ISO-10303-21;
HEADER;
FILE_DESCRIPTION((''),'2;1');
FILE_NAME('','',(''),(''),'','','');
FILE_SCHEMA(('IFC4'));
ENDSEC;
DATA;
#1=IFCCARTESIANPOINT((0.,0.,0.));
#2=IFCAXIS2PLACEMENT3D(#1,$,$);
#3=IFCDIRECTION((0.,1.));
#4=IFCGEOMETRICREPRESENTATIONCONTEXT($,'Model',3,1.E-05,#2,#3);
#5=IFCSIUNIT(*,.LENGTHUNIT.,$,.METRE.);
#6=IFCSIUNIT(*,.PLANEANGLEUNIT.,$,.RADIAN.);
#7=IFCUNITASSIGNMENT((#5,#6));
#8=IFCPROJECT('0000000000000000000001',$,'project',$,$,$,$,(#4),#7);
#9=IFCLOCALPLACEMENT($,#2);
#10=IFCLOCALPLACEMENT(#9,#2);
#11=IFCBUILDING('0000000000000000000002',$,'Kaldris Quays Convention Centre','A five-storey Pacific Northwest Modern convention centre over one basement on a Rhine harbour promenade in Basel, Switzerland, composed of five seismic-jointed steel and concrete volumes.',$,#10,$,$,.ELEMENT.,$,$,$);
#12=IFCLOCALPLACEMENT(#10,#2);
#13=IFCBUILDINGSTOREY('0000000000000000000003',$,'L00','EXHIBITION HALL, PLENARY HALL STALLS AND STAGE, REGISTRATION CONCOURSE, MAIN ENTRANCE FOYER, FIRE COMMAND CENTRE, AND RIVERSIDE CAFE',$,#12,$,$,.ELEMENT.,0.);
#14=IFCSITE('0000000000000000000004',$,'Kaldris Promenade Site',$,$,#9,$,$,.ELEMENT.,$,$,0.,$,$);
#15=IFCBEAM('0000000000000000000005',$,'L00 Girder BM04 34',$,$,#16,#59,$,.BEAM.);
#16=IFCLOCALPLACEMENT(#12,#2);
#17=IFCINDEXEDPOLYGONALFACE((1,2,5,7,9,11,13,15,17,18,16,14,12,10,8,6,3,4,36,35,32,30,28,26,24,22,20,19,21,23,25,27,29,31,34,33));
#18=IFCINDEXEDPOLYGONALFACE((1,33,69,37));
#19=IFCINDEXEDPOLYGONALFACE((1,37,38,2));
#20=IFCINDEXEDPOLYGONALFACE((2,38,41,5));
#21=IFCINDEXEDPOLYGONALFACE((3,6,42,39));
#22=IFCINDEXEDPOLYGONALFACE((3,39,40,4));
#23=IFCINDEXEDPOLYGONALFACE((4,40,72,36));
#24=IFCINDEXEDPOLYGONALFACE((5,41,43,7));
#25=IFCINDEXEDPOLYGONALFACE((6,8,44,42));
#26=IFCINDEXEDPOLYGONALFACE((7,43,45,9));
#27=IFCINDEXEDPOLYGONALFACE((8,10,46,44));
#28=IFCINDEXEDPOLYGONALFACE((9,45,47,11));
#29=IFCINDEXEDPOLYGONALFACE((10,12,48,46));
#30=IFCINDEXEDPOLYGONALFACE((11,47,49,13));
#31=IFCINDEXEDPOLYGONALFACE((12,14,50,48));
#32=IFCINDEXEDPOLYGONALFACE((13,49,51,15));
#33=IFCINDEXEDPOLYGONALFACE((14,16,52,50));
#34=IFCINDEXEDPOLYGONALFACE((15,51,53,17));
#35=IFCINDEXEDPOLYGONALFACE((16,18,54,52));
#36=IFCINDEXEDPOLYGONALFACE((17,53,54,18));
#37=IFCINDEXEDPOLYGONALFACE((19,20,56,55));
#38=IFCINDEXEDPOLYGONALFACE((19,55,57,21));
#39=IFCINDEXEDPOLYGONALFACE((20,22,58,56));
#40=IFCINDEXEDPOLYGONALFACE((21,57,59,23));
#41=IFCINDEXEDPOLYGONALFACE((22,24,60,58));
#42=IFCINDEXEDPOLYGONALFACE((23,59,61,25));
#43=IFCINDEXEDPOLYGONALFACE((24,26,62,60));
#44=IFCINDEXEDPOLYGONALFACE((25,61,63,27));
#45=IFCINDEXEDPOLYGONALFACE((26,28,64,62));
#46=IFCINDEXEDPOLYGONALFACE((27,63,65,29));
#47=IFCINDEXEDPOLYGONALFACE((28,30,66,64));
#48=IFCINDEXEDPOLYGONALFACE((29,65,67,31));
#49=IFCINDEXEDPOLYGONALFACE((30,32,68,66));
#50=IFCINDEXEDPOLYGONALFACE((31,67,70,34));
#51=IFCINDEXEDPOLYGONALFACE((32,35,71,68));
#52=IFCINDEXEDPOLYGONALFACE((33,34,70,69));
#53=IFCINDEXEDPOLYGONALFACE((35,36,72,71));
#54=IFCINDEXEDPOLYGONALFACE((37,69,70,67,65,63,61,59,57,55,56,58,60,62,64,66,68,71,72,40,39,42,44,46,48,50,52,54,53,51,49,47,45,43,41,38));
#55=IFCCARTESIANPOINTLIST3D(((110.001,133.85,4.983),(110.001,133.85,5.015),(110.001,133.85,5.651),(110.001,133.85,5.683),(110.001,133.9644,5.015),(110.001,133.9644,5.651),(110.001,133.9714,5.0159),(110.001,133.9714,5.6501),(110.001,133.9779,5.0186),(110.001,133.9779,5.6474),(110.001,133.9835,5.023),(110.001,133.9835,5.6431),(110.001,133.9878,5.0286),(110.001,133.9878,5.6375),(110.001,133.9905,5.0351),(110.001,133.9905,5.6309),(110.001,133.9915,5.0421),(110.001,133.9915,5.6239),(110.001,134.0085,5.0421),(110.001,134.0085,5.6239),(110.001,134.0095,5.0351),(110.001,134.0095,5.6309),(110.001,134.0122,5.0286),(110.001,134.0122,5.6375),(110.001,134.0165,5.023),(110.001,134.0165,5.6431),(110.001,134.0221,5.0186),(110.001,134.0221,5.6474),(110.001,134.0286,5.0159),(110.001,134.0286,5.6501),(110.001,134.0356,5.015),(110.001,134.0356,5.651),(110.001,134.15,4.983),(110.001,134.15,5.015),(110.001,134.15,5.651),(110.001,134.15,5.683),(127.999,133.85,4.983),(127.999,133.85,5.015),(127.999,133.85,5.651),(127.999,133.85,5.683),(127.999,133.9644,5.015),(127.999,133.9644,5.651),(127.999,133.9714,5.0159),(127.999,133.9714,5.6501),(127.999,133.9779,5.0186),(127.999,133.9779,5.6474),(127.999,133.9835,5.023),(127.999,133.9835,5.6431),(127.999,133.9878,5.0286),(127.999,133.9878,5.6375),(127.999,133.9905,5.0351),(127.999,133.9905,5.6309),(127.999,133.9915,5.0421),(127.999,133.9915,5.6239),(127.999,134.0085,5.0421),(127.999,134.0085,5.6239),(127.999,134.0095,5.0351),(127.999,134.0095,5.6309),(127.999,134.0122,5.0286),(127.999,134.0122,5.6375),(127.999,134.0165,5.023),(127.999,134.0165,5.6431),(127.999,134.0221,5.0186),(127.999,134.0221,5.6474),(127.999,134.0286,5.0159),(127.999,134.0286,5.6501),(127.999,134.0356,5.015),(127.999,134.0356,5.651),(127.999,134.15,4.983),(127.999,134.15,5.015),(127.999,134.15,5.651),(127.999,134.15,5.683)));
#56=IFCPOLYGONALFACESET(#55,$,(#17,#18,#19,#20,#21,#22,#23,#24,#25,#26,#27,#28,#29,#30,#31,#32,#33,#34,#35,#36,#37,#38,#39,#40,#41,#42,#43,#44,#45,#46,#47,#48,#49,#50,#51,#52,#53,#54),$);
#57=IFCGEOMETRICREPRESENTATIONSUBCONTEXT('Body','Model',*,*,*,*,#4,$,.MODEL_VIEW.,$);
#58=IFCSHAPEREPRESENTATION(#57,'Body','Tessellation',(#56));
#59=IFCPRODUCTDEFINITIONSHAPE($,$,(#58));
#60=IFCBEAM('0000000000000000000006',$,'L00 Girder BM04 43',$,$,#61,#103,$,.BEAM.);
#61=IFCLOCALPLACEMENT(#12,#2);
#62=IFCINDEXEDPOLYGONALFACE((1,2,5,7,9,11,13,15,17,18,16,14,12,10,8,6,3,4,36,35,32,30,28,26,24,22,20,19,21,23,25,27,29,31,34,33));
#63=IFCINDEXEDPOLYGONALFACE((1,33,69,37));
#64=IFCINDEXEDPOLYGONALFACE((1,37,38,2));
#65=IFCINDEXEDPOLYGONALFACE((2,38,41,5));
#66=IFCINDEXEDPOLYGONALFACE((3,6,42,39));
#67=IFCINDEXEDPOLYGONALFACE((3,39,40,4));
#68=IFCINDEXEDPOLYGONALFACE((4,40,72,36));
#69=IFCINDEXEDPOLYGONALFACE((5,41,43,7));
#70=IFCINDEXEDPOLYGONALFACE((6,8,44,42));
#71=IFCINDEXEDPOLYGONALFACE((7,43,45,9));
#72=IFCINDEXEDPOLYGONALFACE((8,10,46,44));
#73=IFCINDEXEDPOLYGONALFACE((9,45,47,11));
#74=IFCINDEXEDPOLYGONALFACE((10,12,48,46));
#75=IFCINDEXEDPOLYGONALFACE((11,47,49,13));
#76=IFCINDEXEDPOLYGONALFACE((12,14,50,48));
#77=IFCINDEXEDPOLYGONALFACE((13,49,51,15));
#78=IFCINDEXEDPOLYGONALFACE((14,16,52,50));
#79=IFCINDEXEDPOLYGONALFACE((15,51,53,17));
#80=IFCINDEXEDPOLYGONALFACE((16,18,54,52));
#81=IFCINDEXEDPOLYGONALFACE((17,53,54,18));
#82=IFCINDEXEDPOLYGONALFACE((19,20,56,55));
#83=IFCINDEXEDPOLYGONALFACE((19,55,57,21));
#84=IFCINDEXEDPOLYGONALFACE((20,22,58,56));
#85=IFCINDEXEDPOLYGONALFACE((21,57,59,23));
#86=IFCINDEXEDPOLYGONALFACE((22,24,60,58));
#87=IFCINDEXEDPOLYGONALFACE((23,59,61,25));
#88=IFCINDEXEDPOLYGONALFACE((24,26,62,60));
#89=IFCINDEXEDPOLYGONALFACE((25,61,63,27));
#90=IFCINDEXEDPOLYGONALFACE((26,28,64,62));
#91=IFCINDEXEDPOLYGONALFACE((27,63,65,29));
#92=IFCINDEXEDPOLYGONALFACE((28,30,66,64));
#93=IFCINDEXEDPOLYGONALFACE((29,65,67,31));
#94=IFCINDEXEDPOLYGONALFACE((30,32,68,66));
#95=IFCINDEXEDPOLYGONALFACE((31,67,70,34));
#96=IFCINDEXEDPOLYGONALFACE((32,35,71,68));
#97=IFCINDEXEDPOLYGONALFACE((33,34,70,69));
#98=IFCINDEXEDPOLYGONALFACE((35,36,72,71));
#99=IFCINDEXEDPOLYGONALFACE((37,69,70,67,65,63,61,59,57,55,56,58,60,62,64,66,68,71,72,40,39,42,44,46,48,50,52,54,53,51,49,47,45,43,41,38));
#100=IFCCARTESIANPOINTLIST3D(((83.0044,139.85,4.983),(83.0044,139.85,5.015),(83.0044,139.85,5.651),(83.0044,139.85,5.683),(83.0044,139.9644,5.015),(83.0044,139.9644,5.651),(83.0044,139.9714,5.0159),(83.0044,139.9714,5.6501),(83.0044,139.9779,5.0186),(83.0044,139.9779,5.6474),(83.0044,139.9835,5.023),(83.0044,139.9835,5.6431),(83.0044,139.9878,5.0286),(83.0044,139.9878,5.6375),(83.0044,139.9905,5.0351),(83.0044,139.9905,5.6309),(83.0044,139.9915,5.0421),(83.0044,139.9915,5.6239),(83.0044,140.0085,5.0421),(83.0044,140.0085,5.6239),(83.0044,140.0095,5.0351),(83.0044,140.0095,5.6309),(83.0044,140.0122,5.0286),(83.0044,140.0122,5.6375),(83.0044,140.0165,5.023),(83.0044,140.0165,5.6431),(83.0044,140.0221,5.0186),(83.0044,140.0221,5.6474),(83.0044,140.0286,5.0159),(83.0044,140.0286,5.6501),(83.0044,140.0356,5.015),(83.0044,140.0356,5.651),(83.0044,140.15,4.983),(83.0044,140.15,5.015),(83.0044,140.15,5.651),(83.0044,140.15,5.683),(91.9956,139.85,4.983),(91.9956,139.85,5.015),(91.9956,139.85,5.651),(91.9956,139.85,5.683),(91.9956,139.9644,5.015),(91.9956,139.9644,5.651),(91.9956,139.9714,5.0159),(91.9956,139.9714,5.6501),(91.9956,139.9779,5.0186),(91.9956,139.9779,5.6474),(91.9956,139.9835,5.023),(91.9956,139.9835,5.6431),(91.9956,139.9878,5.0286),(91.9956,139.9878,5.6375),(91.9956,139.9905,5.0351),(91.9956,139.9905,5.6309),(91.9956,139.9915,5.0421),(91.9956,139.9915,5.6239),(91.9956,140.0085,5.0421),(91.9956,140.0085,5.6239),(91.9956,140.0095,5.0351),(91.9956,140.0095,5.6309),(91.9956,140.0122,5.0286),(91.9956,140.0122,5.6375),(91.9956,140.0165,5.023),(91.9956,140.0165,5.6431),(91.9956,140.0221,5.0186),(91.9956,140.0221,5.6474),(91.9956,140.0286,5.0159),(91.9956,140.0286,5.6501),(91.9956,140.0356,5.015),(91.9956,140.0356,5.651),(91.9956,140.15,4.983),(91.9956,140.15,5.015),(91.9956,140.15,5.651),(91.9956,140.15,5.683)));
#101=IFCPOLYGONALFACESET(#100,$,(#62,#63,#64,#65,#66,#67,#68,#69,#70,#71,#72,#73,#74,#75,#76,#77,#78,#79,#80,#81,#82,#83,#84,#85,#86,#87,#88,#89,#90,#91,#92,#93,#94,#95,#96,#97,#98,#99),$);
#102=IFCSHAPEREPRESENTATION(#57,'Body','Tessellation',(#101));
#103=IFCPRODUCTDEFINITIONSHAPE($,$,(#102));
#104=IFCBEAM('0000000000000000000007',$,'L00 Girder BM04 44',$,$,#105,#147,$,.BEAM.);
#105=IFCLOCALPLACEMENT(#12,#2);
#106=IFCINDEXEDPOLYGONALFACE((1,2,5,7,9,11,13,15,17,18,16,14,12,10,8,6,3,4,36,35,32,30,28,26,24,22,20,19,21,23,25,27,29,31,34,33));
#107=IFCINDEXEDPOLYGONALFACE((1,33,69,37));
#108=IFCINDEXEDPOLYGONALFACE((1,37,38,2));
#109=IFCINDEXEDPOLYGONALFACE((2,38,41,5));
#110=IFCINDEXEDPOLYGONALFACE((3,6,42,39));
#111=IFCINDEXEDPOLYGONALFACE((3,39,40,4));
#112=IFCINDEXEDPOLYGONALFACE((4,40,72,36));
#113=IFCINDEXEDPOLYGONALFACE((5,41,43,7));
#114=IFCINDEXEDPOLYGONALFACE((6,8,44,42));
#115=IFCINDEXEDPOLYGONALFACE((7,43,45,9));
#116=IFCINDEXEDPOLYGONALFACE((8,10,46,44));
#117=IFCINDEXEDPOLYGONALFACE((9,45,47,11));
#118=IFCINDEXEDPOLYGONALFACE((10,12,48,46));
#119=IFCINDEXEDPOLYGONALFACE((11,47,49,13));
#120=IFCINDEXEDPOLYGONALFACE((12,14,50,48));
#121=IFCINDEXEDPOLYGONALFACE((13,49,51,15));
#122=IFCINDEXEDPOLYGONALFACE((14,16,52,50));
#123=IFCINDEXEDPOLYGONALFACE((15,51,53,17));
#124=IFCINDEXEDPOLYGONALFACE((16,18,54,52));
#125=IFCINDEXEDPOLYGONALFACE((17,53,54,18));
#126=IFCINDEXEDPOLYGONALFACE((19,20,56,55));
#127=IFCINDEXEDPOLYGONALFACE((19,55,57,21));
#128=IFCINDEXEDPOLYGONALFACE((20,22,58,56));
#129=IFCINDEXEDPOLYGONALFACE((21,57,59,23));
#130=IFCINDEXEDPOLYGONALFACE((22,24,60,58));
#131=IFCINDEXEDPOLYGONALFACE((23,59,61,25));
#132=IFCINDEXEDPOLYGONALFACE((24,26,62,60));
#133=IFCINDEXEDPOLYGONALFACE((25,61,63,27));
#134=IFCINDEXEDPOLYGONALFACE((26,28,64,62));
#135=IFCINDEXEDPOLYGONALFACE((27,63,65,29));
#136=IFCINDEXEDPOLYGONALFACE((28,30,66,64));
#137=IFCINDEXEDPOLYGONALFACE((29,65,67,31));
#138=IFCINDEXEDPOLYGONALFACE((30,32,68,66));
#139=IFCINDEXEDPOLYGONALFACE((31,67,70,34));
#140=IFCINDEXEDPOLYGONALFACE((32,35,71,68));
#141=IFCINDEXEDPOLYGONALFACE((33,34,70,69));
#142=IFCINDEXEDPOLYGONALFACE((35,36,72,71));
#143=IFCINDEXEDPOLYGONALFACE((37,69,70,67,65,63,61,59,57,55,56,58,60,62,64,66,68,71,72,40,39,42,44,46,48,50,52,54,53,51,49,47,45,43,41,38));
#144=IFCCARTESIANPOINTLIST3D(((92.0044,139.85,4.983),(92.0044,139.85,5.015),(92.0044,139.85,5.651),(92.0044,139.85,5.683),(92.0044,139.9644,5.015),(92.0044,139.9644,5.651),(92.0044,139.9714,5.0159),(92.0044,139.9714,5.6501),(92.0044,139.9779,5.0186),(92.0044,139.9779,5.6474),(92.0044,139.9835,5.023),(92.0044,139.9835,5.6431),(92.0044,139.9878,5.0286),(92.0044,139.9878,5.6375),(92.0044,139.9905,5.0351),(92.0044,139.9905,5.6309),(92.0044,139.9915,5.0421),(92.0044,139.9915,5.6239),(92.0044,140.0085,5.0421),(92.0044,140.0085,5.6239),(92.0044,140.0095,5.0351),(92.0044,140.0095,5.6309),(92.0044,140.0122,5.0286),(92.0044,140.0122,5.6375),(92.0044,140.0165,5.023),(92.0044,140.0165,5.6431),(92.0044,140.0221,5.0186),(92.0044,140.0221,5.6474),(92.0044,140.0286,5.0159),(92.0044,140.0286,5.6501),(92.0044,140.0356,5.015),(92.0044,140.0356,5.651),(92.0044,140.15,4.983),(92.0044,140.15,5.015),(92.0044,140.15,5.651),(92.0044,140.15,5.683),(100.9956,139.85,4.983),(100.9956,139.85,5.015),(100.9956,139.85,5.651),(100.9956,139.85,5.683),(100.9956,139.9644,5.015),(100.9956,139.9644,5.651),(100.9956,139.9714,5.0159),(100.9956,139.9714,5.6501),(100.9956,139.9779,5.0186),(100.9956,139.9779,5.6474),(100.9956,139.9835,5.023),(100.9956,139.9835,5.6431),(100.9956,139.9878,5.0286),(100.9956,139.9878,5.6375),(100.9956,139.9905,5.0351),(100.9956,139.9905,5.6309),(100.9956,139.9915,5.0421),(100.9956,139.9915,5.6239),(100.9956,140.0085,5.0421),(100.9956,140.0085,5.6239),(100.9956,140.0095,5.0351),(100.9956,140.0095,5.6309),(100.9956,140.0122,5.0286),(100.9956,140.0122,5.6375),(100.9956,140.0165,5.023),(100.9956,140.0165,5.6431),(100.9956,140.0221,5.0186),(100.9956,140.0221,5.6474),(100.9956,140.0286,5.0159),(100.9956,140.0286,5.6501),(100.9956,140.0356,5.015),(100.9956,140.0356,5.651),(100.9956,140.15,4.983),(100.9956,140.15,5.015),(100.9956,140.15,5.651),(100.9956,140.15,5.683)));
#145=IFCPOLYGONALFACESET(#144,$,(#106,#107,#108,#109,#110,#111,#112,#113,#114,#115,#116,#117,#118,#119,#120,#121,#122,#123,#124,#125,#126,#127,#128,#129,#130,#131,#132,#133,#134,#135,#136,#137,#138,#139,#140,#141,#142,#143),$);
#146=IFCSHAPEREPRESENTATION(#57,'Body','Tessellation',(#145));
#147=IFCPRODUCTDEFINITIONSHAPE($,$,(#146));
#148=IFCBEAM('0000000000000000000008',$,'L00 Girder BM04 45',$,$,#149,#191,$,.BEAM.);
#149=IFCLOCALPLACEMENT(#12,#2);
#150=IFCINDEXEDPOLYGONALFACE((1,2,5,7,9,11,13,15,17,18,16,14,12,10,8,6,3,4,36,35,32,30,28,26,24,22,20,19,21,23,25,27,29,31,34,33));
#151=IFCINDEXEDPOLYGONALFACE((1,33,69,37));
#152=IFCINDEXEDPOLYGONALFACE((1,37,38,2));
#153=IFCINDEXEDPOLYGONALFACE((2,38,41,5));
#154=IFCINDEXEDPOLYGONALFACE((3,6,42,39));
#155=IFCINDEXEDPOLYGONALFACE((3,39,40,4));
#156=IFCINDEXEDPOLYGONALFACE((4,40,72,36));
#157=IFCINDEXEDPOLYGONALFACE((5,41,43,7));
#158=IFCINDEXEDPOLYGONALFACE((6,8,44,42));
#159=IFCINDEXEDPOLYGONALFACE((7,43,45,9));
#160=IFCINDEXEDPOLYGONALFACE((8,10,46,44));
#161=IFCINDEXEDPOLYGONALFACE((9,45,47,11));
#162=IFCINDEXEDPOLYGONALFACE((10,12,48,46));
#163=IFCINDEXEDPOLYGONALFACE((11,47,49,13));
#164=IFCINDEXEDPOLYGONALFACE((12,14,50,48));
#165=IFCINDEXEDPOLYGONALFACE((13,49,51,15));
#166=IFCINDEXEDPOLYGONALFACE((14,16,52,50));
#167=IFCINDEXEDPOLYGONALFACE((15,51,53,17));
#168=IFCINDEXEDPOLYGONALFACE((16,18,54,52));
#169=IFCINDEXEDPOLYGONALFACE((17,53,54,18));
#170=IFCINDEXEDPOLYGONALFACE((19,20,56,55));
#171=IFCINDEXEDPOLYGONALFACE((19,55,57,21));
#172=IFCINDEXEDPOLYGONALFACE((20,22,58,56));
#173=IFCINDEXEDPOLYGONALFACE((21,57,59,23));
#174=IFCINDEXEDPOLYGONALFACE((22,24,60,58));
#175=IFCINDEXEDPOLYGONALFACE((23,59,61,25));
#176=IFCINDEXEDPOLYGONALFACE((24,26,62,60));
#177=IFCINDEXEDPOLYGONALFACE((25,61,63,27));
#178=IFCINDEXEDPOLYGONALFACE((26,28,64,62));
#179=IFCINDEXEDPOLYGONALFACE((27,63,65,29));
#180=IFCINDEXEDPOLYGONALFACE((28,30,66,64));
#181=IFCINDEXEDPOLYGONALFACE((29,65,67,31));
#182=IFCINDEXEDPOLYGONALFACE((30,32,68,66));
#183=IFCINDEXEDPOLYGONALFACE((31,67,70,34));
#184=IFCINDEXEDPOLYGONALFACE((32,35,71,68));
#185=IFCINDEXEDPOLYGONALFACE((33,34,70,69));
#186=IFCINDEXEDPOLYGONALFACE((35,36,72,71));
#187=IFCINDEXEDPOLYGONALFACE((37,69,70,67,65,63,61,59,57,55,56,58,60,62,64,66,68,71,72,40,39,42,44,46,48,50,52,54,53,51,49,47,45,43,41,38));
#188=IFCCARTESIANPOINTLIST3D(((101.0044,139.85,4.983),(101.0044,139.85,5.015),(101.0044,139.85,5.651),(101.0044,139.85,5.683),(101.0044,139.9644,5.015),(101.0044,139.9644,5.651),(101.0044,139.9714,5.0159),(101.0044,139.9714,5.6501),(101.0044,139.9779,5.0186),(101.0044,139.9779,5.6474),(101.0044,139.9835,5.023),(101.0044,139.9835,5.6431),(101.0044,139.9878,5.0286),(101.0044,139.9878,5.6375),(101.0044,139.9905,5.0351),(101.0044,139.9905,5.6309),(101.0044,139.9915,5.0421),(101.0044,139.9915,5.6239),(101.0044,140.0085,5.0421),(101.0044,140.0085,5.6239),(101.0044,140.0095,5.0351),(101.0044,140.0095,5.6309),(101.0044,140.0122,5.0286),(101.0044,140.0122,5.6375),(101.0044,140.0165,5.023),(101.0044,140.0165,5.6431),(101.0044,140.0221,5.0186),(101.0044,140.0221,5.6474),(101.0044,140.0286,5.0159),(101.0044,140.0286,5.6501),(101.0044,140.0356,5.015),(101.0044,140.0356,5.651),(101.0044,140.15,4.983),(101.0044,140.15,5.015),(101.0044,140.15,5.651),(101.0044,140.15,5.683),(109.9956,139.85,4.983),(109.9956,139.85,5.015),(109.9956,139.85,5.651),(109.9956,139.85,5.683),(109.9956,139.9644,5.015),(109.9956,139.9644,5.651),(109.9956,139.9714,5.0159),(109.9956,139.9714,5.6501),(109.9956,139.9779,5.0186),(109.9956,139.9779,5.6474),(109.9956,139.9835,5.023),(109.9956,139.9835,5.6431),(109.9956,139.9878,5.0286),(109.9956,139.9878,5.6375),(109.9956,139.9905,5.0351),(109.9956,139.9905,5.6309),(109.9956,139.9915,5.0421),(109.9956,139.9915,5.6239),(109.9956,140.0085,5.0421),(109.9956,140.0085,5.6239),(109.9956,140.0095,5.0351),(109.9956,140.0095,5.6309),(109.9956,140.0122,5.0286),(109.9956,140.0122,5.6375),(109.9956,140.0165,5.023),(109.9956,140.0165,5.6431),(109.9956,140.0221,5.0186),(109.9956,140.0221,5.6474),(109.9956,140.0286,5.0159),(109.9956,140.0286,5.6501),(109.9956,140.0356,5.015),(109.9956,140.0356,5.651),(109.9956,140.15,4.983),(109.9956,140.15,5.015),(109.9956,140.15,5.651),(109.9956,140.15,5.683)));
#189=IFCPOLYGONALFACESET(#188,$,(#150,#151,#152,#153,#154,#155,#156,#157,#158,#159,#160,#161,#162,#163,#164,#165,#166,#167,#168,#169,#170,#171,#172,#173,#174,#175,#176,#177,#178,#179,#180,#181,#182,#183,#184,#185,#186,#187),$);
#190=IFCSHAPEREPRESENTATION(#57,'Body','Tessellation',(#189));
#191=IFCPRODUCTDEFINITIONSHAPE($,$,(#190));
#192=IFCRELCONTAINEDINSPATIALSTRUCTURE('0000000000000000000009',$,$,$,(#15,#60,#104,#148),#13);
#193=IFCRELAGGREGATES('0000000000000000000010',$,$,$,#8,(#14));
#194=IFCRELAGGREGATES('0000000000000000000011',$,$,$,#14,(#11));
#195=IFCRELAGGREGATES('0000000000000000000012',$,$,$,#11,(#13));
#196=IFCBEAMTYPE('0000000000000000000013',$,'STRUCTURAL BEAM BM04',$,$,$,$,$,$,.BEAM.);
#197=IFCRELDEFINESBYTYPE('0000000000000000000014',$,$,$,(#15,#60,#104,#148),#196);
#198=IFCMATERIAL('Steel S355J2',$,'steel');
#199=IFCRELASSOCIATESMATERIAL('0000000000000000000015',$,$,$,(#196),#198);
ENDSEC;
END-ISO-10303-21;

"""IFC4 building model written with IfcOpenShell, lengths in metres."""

from ifc_helpers import new_model, si_unit, direction, frame, origin, origin_2d, place, context, subcontext, project, spatial, i_section, extrude, material, material_profile, profile_set, type_object, element, save


model = new_model("IFC4")

# Units and contexts
model_context = context("Model", 3, precision=1e-05, world=origin(), true_north=direction((0.0, 1.0)))
body_context = subcontext(model_context, "Body", "Model", "MODEL_VIEW")
ifc_project = project(units=[si_unit("LENGTHUNIT", "METRE"), si_unit("PLANEANGLEUNIT", "RADIAN")], contexts=[model_context])

# Site, building, storey
site_placement = place(None, origin())
site = spatial("IfcSite", under=ifc_project, at=site_placement, Name="Kaldris Promenade Site", CompositionType="ELEMENT", RefElevation=0.0)
building_placement = place(site_placement, origin())
building = spatial("IfcBuilding", under=site, at=building_placement, Name="Kaldris Quays Convention Centre", Description="A five-storey Pacific Northwest Modern convention centre over one basement on a Rhine harbour promenade in Basel, Switzerland, composed of five seismic-jointed steel and concrete volumes.", CompositionType="ELEMENT")
storey_placement = place(building_placement, origin())
storey = spatial("IfcBuildingStorey", under=building, at=storey_placement, Name="L00", Description="EXHIBITION HALL, PLENARY HALL STALLS AND STAGE, REGISTRATION CONCOURSE, MAIN ENTRANCE FOYER, FIRE COMMAND CENTRE, AND RIVERSIDE CAFE", CompositionType="ELEMENT", Elevation=0.0)

# Shared definitions
ifc_material_1 = material(Name="Steel S355J2", Category="steel")

# Beams
ifc_material_profile_1 = material_profile(ifc_material_1, i_section(OverallWidth=0.3, OverallDepth=0.7, WebThickness=0.0171, FlangeThickness=0.032, FilletRadius=0.0271, at=origin_2d()), Name="HEB 700")
ifc_profile_set_1 = profile_set([ifc_material_profile_1], Name="Steel S355J2")
beam_type_1 = type_object("IfcBeamType", Name="STRUCTURAL BEAM BM04", PredefinedType="BEAM", material=ifc_profile_set_1)
for number, where, z_axis, x_axis, name in (
    (1, (110.001, 134.0, 5.333), (1.0, 0.0, 0.0), (0.0, 1.0, 0.0), "L00 Girder BM04 34"),
):
    element("IfcBeam", number, at=place(storey_placement, frame(where, z_axis=z_axis, x_axis=x_axis)), inside=storey, type_object=beam_type_1, Name=name, PredefinedType="BEAM", context=body_context, shape_type="SweptSolid", body=[
        extrude(i_section(OverallWidth=0.3, OverallDepth=0.7, WebThickness=0.0171, FlangeThickness=0.032, FilletRadius=0.0271, at=origin_2d()), origin(), (0.0, 0.0, 1.0), 17.998),
    ])
for number, where, z_axis, x_axis, name in (
    (2, (83.0044, 140.0, 5.333), (1.0, 0.0, 0.0), (0.0, 1.0, 0.0), "L00 Girder BM04 43"),
    (3, (92.0044, 140.0, 5.333), (1.0, 0.0, 0.0), (0.0, 1.0, 0.0), "L00 Girder BM04 44"),
    (4, (101.0044, 140.0, 5.333), (1.0, 0.0, 0.0), (0.0, 1.0, 0.0), "L00 Girder BM04 45"),
):
    element("IfcBeam", number, at=place(storey_placement, frame(where, z_axis=z_axis, x_axis=x_axis)), inside=storey, type_object=beam_type_1, Name=name, PredefinedType="BEAM", context=body_context, shape_type="SweptSolid", body=[
        extrude(i_section(OverallWidth=0.3, OverallDepth=0.7, WebThickness=0.0171, FlangeThickness=0.032, FilletRadius=0.0271, at=origin_2d()), origin(), (0.0, 0.0, 1.0), 8.9912),
    ])

save(model, "model.ifc")
